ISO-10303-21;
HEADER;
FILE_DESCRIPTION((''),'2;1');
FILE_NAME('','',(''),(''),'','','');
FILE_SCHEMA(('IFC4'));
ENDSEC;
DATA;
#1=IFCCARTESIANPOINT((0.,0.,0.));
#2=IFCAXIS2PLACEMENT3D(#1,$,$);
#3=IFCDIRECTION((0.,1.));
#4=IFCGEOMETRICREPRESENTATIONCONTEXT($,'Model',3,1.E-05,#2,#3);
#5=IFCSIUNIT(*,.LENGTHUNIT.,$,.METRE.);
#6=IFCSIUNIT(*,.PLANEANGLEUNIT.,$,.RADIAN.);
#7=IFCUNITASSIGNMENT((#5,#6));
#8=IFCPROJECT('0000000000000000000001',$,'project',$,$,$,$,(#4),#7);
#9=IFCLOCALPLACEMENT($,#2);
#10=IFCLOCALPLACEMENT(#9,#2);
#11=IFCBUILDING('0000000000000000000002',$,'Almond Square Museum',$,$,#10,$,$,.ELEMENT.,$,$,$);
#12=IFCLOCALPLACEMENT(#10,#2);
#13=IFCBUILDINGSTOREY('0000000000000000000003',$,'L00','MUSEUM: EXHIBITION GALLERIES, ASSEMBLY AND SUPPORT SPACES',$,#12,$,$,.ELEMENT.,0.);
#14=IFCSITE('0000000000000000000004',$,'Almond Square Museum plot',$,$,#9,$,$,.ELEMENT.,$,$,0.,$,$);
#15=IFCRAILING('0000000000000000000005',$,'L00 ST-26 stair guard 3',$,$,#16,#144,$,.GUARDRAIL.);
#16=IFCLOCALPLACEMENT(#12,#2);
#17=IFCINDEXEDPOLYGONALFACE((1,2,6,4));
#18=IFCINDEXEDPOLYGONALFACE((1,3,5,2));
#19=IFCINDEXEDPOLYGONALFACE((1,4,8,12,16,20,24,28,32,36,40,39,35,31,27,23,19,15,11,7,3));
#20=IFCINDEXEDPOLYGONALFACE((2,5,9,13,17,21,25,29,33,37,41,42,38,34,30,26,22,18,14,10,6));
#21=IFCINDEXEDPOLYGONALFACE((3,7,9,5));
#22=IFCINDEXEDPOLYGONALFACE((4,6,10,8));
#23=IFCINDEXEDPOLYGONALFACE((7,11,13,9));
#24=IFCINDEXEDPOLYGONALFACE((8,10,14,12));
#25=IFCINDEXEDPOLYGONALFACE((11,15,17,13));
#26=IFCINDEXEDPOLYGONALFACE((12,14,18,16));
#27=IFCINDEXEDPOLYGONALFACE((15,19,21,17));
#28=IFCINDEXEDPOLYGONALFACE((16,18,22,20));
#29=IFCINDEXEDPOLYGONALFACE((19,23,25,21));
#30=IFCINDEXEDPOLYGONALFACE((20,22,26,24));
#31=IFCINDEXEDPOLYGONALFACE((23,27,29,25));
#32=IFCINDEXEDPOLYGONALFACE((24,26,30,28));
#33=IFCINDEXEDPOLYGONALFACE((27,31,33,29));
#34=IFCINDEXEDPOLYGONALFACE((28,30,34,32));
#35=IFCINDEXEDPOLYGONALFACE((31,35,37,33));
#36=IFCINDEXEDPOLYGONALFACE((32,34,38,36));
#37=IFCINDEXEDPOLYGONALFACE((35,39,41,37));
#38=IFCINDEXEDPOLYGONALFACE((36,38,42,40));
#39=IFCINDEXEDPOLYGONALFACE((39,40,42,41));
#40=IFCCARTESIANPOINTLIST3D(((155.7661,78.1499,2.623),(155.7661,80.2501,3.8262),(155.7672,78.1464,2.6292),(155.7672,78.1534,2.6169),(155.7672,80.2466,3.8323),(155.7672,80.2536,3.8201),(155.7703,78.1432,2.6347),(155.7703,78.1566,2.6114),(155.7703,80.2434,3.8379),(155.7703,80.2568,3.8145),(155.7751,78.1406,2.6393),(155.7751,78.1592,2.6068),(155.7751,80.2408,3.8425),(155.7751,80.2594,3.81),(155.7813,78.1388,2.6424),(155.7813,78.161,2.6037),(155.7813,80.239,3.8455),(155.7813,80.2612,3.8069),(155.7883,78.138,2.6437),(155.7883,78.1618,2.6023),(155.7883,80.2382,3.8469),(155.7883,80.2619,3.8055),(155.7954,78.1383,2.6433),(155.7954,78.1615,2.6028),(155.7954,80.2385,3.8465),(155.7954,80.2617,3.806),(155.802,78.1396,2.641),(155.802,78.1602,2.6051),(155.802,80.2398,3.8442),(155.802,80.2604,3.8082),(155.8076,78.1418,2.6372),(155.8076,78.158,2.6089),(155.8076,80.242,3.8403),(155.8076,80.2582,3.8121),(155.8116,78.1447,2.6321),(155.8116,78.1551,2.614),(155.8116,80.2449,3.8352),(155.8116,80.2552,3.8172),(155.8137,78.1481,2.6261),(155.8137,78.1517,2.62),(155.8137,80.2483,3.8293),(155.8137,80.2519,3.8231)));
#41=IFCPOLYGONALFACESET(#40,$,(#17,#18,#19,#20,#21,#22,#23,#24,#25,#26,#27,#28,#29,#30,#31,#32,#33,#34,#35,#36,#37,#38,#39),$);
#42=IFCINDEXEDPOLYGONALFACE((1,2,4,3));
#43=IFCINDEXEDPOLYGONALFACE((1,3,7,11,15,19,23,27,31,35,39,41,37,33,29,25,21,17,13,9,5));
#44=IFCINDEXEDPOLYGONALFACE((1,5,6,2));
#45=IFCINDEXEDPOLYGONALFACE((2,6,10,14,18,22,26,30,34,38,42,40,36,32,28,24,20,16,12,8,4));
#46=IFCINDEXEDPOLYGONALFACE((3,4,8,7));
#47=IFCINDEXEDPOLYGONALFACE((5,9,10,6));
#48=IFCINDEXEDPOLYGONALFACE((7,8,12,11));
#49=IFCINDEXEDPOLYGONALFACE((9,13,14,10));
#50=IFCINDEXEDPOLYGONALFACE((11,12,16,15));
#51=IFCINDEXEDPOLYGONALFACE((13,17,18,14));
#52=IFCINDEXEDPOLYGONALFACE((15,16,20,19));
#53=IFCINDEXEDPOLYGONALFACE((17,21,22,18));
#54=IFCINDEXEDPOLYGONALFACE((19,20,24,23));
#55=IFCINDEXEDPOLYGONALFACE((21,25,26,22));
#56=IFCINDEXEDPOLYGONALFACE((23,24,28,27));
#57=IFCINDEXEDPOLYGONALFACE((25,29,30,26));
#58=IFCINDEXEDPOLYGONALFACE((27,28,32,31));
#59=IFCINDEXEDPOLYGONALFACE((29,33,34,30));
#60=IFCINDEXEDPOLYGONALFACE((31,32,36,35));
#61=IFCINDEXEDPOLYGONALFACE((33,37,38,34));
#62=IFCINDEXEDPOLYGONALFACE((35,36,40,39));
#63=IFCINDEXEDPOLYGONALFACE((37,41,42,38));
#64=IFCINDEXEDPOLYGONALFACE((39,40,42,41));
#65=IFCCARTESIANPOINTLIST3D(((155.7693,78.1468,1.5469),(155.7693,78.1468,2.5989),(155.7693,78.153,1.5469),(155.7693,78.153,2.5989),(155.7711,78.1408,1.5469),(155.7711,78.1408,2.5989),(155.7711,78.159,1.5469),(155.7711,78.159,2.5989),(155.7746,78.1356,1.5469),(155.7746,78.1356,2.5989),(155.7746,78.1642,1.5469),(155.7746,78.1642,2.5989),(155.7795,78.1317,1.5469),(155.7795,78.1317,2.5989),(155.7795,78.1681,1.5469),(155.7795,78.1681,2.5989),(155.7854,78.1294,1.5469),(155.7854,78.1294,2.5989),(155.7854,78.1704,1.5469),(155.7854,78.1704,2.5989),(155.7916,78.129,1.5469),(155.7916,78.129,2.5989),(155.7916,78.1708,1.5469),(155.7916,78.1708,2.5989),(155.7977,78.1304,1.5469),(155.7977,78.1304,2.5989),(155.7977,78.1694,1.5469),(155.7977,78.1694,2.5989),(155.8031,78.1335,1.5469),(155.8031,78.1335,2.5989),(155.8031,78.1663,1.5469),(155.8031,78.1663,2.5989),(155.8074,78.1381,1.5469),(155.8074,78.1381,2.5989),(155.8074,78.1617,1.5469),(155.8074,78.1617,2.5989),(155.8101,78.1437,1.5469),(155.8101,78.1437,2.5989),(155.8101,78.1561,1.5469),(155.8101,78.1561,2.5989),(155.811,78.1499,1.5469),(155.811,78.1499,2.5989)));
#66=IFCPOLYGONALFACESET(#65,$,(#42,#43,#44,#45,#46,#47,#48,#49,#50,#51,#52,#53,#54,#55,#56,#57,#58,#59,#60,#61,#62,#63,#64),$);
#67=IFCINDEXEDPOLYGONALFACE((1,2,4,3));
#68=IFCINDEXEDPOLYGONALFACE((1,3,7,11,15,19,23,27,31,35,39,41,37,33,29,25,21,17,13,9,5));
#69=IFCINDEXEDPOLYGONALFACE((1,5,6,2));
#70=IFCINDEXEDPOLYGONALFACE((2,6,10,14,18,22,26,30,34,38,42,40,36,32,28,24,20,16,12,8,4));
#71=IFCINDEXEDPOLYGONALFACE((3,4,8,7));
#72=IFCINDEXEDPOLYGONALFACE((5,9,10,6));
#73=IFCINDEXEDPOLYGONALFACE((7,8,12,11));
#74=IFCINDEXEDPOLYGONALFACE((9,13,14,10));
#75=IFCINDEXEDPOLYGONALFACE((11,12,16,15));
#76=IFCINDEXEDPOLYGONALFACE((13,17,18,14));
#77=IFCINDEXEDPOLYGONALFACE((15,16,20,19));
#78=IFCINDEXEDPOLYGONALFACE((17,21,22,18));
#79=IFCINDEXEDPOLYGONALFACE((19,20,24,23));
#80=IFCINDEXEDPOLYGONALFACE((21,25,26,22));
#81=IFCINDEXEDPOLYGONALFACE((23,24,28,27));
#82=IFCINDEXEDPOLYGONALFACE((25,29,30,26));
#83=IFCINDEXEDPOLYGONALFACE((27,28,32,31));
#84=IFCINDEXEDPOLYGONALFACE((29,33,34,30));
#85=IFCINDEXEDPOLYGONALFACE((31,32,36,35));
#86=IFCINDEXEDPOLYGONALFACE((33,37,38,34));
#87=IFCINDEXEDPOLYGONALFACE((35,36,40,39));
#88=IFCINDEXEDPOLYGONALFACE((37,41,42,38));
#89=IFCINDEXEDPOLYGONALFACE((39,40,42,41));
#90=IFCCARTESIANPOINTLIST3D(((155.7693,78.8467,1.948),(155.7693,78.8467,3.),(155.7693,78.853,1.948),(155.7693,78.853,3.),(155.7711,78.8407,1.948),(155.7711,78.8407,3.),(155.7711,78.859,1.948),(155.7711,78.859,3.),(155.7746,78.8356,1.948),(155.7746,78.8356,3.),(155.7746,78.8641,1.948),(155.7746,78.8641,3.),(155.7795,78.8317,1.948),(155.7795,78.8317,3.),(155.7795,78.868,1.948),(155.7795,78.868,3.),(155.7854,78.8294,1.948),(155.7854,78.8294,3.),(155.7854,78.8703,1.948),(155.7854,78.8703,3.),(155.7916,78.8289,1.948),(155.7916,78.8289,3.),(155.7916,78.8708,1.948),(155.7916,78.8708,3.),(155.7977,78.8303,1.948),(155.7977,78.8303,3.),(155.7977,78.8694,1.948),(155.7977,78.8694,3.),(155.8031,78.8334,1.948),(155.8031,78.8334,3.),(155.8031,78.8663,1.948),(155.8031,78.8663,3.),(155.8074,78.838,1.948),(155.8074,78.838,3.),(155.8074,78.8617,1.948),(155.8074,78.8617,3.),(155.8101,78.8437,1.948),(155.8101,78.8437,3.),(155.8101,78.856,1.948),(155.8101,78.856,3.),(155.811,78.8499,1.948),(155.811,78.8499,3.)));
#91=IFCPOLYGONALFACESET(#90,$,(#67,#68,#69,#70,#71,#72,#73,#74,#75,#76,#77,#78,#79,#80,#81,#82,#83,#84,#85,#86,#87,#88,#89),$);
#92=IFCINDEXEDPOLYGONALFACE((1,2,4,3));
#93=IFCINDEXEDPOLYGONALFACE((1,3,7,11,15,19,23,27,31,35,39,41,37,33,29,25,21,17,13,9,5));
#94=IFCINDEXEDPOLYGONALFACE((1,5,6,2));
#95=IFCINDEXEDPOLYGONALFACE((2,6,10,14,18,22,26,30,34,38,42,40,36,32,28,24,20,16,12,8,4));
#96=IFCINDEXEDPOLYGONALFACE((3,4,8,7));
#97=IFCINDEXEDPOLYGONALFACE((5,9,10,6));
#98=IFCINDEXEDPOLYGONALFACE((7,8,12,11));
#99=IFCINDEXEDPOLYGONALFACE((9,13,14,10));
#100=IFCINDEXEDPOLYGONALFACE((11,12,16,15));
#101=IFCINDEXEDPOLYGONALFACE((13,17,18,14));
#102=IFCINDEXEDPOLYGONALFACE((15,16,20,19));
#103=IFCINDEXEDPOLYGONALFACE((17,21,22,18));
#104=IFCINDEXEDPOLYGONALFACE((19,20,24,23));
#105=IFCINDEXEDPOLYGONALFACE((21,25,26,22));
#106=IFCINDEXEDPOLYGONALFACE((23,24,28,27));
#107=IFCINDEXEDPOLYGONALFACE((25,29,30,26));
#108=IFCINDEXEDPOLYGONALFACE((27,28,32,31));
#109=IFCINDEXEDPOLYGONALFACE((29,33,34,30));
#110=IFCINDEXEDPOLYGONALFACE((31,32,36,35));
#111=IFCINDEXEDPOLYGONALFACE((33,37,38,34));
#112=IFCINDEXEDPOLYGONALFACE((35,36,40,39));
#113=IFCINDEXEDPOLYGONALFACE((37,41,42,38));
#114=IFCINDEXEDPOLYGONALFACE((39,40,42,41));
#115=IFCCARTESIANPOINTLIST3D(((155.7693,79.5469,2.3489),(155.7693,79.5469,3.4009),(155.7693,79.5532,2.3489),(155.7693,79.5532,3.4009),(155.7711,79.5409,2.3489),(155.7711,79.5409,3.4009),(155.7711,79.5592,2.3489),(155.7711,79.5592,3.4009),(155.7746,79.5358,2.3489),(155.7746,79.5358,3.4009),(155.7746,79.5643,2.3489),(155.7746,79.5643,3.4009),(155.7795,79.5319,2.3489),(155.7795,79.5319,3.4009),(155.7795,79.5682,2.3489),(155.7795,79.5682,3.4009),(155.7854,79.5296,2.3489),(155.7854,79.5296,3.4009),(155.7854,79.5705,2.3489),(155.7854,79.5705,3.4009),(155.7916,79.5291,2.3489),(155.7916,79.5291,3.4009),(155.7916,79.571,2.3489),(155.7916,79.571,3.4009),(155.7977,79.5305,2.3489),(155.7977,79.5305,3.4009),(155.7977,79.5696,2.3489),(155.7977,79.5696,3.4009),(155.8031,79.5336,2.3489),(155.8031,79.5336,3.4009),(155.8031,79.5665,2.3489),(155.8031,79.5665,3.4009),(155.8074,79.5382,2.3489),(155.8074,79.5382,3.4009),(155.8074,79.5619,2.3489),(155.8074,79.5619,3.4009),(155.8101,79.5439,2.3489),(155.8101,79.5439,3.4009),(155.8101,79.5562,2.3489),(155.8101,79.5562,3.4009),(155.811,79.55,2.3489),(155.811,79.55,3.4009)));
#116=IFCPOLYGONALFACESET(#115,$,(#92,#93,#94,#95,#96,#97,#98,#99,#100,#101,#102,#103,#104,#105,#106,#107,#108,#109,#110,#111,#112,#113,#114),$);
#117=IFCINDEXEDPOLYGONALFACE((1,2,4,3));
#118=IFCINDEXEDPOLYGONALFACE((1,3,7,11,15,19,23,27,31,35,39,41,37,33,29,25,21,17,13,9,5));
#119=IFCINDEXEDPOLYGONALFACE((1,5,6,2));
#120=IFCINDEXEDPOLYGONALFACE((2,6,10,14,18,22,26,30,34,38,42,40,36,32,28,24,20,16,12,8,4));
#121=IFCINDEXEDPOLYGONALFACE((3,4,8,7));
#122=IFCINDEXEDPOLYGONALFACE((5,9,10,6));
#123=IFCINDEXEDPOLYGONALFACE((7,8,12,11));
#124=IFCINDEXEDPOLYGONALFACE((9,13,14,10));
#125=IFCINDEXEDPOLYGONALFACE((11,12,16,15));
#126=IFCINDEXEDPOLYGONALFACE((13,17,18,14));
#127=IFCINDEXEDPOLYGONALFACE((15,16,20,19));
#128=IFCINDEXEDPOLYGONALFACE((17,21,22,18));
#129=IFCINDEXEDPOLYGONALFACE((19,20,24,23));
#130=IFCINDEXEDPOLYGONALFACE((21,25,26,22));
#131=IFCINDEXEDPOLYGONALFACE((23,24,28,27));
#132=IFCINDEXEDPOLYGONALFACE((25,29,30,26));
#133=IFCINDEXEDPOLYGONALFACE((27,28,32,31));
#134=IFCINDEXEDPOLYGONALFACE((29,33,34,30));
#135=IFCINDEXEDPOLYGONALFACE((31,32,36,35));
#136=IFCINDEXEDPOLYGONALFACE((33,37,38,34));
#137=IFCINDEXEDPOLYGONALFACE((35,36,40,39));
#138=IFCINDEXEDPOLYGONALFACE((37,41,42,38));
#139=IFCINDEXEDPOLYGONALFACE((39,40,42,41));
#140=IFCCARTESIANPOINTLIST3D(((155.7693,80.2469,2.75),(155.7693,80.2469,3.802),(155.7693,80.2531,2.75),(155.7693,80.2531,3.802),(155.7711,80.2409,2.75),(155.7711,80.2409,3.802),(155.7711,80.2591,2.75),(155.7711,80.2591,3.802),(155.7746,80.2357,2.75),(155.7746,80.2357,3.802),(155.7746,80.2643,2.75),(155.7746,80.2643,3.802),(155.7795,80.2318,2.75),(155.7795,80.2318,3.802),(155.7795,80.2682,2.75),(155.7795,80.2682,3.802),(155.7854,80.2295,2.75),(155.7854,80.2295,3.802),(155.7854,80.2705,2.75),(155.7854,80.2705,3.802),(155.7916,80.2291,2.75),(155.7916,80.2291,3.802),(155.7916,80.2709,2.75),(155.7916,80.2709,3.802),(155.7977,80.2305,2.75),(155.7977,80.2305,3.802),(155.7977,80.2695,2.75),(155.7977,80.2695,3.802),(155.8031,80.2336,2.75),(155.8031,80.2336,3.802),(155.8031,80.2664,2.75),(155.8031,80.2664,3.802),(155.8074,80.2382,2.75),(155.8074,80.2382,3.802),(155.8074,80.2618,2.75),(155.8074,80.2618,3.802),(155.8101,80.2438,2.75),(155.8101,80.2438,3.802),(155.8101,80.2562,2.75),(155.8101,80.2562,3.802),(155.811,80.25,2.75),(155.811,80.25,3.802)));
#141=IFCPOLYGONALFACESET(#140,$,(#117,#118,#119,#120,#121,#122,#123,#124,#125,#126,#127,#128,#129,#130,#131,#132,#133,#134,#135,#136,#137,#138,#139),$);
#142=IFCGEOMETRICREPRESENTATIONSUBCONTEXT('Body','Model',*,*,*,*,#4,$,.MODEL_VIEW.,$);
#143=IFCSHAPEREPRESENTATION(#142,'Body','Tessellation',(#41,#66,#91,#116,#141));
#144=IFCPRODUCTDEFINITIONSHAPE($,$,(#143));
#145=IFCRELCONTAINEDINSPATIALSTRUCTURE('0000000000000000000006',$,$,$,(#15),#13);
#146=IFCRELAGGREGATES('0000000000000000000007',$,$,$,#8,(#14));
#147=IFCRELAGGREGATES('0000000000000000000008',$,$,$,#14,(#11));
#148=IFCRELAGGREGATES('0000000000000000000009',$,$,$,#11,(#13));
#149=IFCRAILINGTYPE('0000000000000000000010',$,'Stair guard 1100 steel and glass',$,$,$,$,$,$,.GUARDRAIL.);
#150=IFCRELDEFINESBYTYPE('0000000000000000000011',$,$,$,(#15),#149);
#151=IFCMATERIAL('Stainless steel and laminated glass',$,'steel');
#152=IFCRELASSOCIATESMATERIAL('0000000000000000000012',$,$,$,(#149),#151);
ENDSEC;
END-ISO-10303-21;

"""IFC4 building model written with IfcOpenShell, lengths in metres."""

from ifc_helpers import new_model, si_unit, direction, frame, origin, origin_2d, place, context, subcontext, project, spatial, circle, extrude, material, type_object, element, save


model = new_model("IFC4")

# Units and contexts
model_context = context("Model", 3, precision=1e-05, world=origin(), true_north=direction((0.0, 1.0)))
body_context = subcontext(model_context, "Body", "Model", "MODEL_VIEW")
ifc_project = project(units=[si_unit("LENGTHUNIT", "METRE"), si_unit("PLANEANGLEUNIT", "RADIAN")], contexts=[model_context])

# Site, building, storey
site_placement = place(None, origin())
site = spatial("IfcSite", under=ifc_project, at=site_placement, Name="Almond Square Museum plot", CompositionType="ELEMENT", RefElevation=0.0)
building_placement = place(site_placement, origin())
building = spatial("IfcBuilding", under=site, at=building_placement, Name="Almond Square Museum", CompositionType="ELEMENT")
storey_placement = place(building_placement, origin())
storey = spatial("IfcBuildingStorey", under=building, at=storey_placement, Name="L00", Description="MUSEUM: EXHIBITION GALLERIES, ASSEMBLY AND SUPPORT SPACES", CompositionType="ELEMENT", Elevation=0.0)

# Railing
ifc_material_1 = material(Name="Stainless steel and laminated glass", Category="steel")
railing_type_1 = type_object("IfcRailingType", Name="Stair guard 1100 steel and glass", PredefinedType="GUARDRAIL", material=ifc_material_1)
railing_1_placement = place(storey_placement, frame((155.79, 78.1499, 1.5469)))
element("IfcRailing", 1, at=railing_1_placement, inside=storey, type_object=railing_type_1, Name="L00 ST-26 stair guard 3", PredefinedType="GUARDRAIL", context=body_context, shape_type="SweptSolid", body=[
    extrude(circle(Radius=0.0239, at=origin_2d()), frame((0.0, 0.0, 1.0762), z_axis=(0.0, 0.867696, 0.497095), x_axis=(-1.0, 0.0, 0.0)), (0.0, 0.0, 1.0), 2.4204),
    extrude(circle(Radius=0.021, at=origin_2d()), origin(), (0.0, 0.0, 1.0), 1.052),
    extrude(circle(Radius=0.021, at=origin_2d()), frame((0.0, 0.7, 0.4011)), (0.0, 0.0, 1.0), 1.052),
    extrude(circle(Radius=0.021, at=origin_2d()), frame((0.0, 1.4001, 0.802)), (0.0, 0.0, 1.0), 1.052),
    extrude(circle(Radius=0.021, at=origin_2d()), frame((0.0, 2.1001, 1.2031)), (0.0, 0.0, 1.0), 1.052),
])

save(model, "model.ifc")
